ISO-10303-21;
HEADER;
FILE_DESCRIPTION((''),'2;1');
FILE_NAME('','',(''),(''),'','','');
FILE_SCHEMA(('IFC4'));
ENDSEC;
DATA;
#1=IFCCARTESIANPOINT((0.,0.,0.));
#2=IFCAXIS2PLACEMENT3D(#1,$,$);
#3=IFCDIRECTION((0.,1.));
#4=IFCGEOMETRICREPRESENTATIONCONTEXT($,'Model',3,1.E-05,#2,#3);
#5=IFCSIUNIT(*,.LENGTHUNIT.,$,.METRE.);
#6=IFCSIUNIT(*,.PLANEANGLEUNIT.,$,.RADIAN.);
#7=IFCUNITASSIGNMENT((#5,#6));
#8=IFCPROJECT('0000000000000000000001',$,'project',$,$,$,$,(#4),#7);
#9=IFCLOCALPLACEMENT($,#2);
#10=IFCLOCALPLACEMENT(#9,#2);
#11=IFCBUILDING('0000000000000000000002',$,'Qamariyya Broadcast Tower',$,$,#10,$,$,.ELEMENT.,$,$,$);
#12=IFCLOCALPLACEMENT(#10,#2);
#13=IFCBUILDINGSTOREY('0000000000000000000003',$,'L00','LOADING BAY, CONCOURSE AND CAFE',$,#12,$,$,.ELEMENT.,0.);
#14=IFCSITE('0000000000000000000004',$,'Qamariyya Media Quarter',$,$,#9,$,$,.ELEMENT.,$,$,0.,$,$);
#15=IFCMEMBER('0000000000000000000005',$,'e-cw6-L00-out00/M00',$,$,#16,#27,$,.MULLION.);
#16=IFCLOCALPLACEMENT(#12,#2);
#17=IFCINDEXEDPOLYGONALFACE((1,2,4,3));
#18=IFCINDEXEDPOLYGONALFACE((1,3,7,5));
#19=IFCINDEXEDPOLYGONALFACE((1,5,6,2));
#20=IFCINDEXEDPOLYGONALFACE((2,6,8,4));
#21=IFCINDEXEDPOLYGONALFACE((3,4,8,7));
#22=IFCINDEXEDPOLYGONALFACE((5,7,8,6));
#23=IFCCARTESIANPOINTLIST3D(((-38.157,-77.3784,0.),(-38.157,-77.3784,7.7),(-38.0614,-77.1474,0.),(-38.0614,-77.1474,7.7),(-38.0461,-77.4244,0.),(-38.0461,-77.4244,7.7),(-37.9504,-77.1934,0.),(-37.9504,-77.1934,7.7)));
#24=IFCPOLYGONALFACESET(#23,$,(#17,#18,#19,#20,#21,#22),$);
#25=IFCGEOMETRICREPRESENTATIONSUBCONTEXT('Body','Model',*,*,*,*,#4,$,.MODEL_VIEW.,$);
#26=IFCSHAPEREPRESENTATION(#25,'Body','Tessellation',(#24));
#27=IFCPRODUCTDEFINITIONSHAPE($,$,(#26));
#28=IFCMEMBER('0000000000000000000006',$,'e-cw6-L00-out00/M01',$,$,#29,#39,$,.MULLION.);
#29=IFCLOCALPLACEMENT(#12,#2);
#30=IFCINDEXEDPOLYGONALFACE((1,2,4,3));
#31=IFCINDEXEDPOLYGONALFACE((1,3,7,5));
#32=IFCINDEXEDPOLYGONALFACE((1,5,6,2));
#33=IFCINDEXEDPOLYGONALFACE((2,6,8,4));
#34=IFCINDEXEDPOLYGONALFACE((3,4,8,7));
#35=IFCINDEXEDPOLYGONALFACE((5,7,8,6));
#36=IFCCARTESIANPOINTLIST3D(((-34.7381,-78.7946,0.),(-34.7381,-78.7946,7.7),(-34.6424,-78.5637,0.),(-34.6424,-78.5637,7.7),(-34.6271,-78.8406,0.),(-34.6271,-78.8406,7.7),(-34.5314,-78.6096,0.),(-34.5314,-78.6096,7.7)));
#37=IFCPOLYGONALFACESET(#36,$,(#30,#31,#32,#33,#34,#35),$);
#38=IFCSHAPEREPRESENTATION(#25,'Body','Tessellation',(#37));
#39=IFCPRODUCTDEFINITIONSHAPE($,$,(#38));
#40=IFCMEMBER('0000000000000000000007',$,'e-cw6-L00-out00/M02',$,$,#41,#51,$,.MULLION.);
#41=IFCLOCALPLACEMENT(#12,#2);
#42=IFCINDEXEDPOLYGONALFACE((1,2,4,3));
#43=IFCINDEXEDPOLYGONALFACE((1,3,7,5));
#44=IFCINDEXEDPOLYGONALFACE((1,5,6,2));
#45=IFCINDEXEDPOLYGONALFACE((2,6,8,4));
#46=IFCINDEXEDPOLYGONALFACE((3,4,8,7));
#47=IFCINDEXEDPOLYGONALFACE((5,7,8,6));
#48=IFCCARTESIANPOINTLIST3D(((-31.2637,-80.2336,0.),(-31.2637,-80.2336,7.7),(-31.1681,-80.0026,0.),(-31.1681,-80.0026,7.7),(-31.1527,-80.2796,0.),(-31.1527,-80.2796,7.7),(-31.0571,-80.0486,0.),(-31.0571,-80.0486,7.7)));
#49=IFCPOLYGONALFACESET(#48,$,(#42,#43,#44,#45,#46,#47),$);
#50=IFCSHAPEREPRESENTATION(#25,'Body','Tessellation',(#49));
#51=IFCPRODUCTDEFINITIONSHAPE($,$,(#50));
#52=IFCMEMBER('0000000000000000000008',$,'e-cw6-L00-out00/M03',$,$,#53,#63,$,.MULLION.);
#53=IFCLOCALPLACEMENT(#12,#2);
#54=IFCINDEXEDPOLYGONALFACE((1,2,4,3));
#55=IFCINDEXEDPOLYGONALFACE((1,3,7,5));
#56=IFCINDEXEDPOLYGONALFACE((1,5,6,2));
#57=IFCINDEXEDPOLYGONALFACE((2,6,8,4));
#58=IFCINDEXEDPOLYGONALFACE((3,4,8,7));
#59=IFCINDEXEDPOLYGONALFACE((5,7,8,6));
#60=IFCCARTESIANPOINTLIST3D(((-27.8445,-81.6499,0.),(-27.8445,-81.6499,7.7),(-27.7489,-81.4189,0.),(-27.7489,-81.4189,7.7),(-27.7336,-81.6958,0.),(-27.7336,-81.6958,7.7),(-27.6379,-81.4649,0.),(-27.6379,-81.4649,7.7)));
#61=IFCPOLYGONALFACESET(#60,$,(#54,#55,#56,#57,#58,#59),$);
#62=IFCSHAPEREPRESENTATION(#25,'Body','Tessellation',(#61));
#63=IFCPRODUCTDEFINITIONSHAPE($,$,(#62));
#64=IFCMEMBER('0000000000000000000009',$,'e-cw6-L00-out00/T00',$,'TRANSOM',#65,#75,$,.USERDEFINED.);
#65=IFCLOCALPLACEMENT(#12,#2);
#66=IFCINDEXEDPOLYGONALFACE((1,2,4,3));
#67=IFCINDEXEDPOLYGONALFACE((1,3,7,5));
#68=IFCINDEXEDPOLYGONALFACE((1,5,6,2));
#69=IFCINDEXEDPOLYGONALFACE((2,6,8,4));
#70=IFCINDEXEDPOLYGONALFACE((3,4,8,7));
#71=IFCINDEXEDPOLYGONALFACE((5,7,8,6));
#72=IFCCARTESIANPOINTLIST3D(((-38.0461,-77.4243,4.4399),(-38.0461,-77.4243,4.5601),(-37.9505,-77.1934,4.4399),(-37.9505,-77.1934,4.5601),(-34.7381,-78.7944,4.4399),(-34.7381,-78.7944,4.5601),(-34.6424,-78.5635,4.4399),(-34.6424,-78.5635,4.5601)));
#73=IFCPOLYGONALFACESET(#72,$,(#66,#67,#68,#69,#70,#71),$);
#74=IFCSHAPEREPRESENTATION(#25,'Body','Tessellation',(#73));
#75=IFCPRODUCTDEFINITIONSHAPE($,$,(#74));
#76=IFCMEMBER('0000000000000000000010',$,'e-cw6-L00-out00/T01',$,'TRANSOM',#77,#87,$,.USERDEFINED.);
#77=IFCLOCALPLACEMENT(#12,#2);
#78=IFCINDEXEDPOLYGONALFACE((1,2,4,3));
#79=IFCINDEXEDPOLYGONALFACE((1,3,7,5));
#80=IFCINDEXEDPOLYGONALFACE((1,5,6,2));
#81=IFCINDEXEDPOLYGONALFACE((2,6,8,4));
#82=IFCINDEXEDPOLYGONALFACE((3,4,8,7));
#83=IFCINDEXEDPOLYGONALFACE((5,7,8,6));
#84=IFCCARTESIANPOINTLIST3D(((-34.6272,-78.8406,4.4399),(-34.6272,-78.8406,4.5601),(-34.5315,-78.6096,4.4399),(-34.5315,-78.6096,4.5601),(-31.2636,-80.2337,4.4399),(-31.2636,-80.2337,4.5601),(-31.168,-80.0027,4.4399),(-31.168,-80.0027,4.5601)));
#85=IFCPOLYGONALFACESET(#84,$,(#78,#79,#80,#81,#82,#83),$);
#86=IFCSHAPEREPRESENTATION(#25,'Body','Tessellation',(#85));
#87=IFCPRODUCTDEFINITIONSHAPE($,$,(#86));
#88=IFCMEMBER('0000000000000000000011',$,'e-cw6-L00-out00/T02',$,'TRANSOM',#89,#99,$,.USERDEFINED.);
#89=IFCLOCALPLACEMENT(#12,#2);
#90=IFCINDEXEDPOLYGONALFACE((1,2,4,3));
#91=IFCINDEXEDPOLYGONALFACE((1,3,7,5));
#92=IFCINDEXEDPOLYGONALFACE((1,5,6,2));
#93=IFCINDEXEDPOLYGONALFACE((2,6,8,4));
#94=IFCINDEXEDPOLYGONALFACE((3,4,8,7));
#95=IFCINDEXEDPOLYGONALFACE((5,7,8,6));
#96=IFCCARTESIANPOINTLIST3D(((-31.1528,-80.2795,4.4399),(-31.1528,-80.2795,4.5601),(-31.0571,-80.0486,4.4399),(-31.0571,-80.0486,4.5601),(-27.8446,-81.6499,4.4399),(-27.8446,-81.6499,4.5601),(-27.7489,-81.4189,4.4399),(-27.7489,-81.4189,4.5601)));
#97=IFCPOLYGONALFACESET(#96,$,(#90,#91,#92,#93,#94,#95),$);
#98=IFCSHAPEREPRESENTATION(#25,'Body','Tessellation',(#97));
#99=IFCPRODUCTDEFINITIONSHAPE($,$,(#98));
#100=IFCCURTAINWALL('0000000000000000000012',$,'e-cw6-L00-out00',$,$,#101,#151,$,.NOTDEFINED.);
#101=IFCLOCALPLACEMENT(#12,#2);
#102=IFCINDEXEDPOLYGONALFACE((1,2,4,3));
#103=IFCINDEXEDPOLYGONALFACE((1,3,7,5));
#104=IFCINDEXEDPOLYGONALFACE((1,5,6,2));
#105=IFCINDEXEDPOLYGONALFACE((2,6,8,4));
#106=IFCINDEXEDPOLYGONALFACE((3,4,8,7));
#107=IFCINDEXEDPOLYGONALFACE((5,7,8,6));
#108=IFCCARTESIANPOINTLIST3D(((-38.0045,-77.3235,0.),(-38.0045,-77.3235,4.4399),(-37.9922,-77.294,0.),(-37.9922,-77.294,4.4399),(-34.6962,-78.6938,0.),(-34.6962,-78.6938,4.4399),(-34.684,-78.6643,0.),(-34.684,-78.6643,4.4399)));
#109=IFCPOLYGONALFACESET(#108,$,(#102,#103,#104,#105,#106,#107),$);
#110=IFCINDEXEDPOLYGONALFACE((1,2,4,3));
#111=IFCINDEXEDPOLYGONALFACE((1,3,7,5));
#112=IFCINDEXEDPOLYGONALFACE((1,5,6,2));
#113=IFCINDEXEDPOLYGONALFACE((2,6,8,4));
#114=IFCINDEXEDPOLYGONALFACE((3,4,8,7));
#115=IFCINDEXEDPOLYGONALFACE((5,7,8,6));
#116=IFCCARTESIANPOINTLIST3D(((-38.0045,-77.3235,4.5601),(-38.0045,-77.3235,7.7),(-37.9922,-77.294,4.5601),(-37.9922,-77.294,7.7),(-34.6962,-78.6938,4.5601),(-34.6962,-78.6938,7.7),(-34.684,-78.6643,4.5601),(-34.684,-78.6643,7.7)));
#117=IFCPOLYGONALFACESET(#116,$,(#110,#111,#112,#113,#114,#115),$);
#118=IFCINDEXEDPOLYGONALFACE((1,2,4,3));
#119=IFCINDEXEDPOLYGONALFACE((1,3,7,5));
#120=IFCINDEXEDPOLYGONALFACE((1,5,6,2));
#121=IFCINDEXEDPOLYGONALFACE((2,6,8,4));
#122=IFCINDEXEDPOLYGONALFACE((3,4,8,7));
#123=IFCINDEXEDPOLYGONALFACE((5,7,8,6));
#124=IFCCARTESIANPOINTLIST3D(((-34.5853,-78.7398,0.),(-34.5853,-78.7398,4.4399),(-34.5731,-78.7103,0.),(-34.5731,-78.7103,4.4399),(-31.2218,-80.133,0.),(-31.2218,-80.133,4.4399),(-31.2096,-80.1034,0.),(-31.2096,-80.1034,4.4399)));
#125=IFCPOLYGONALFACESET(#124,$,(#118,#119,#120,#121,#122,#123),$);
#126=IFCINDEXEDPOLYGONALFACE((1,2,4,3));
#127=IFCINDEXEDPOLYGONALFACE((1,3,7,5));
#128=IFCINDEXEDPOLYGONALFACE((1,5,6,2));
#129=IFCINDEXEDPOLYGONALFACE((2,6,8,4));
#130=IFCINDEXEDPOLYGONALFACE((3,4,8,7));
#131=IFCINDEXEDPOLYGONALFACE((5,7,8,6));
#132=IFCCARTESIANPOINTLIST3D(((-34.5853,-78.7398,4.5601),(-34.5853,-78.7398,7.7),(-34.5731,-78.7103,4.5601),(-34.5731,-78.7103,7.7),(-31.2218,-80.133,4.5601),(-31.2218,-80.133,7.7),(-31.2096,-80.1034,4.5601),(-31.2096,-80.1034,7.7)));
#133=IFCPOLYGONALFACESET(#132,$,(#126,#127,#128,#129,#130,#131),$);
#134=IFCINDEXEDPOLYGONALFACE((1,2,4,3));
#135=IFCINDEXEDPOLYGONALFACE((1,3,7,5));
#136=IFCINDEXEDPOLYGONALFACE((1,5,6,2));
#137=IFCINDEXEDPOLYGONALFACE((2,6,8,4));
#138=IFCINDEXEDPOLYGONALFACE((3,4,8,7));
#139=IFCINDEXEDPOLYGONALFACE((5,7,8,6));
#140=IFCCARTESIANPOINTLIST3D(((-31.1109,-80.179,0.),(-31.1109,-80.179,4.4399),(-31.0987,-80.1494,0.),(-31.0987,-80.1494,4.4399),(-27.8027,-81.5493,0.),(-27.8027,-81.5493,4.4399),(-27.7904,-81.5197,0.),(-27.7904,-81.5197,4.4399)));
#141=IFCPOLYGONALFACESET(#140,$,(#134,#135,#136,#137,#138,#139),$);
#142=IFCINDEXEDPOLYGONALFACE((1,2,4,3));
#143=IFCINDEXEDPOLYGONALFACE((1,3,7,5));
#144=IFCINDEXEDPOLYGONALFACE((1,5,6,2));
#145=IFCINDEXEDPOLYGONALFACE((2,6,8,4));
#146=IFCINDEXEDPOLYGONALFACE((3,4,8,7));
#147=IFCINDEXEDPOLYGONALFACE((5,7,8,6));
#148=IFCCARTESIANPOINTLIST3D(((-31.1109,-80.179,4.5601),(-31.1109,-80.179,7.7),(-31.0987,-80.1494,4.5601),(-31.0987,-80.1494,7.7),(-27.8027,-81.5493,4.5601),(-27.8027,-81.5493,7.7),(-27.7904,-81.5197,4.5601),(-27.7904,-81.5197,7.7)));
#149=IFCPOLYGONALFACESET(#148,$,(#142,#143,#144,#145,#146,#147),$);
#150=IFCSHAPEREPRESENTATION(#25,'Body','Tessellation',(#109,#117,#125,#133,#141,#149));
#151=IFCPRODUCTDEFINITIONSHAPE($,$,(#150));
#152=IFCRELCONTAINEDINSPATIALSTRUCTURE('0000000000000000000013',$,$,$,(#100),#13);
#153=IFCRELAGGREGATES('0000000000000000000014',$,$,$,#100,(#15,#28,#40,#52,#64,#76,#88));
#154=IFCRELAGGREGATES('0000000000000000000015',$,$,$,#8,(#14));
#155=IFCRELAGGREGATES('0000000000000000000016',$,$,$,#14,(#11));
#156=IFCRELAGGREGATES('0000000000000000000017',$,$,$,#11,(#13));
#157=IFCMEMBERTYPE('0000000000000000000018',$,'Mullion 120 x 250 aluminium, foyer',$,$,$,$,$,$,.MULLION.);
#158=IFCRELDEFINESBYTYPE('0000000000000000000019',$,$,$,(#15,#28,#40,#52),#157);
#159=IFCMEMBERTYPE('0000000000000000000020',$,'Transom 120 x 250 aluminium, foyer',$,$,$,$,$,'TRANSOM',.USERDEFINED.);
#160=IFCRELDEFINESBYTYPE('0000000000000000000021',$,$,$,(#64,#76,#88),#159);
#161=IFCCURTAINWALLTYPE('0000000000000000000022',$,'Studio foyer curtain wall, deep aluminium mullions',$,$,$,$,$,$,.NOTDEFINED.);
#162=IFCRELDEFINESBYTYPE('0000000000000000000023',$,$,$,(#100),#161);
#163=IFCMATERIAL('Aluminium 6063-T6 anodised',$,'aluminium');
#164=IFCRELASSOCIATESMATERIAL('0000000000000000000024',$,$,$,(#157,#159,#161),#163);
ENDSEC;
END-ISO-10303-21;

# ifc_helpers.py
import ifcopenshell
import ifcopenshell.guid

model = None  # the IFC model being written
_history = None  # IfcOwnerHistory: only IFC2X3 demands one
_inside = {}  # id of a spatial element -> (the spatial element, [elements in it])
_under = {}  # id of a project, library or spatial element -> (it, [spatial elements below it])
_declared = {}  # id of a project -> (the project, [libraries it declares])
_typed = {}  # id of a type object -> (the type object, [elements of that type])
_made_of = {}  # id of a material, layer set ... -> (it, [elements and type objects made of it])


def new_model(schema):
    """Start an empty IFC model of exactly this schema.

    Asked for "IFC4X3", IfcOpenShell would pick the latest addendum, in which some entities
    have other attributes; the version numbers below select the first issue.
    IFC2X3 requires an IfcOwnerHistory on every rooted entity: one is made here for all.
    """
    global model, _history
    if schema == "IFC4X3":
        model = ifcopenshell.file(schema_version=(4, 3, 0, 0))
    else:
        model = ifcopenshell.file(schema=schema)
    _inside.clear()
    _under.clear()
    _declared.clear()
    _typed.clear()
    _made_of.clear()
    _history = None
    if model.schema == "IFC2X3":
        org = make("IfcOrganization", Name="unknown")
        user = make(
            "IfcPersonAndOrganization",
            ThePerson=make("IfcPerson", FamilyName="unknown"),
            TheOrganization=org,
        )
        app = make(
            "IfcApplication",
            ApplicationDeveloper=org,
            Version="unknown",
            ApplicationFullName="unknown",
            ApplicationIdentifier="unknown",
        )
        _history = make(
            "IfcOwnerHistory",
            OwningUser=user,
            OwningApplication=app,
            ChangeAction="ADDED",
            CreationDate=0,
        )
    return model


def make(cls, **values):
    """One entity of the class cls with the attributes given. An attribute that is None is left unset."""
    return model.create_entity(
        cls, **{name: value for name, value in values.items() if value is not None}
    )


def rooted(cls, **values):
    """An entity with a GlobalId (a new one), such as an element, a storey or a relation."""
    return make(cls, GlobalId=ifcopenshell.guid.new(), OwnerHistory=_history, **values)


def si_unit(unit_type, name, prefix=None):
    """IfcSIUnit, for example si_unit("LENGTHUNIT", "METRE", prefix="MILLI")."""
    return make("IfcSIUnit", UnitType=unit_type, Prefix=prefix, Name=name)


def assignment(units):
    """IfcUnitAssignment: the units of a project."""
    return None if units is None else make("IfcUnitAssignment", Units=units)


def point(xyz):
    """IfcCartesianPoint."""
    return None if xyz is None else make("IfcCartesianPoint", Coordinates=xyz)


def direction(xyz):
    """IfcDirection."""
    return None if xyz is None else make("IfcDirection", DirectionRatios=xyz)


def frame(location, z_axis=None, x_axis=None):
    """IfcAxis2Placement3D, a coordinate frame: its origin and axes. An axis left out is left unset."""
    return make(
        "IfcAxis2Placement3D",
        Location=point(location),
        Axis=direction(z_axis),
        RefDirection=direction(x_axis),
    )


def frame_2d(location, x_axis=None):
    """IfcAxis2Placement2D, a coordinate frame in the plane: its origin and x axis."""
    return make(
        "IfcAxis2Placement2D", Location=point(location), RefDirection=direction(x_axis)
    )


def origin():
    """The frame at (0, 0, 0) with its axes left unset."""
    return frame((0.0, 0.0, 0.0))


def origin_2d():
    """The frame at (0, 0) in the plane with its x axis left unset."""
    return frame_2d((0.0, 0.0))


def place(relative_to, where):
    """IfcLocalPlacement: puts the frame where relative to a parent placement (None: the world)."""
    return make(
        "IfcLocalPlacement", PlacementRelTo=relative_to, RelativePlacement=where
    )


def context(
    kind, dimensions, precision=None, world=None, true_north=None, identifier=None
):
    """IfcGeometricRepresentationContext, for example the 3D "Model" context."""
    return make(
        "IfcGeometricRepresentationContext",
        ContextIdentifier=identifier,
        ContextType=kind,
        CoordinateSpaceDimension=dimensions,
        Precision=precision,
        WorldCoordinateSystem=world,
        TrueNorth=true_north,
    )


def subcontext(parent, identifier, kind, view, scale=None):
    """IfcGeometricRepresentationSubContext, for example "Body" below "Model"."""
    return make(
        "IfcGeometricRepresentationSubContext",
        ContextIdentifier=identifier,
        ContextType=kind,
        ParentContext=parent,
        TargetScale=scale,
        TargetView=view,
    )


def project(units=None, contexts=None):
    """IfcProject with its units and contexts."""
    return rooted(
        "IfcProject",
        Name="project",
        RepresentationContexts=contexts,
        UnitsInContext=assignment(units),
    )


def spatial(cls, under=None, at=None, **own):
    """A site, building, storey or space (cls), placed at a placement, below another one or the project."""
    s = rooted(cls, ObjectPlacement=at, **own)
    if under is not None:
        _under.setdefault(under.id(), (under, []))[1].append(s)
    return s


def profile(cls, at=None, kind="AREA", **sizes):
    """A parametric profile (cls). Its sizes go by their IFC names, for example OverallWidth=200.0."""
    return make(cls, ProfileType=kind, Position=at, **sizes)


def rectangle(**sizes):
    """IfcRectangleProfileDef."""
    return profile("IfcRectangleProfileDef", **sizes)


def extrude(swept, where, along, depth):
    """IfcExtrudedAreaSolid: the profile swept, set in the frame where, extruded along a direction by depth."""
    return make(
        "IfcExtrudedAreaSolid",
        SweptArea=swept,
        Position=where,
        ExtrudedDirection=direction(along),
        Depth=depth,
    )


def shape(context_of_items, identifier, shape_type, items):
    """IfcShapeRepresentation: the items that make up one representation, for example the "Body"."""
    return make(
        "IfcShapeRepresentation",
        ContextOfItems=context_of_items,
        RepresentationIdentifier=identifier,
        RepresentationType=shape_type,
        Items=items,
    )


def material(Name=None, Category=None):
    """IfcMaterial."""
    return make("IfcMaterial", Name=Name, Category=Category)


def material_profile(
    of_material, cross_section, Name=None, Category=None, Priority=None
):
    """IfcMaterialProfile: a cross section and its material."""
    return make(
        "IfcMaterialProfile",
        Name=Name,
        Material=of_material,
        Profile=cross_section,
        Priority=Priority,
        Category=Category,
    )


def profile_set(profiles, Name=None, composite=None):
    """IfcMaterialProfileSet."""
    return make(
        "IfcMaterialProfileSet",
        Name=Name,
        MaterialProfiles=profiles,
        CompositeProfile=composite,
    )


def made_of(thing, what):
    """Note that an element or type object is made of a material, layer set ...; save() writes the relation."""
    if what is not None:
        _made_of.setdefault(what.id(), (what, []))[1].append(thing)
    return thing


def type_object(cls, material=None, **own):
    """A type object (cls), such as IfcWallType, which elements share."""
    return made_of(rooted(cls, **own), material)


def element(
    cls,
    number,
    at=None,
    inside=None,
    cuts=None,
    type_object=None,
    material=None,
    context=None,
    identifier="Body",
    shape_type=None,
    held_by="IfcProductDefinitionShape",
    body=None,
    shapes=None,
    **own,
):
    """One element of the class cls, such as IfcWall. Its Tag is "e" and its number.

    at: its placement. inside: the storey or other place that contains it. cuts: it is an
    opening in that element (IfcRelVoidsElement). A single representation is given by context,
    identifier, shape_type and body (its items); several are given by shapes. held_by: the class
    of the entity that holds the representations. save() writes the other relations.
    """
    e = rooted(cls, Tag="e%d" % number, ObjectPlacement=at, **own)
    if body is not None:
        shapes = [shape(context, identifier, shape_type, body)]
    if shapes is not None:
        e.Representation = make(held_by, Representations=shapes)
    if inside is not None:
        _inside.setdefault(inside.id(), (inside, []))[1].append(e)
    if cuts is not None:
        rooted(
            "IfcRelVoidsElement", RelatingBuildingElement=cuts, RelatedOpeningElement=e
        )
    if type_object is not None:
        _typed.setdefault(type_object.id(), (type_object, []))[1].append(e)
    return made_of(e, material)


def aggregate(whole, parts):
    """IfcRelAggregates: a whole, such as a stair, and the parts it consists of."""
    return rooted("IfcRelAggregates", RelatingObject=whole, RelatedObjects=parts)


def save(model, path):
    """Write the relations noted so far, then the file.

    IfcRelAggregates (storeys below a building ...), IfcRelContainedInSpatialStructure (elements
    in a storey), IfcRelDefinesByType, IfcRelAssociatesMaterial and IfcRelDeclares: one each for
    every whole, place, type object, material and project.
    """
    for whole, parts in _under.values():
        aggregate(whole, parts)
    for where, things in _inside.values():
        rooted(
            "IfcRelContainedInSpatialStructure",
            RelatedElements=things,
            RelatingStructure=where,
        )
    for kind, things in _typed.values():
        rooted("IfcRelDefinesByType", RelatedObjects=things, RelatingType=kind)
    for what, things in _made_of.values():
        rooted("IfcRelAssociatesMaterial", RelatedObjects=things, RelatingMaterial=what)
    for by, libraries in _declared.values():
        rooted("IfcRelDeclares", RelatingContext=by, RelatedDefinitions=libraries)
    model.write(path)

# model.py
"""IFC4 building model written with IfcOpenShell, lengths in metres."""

from ifc_helpers import new_model, si_unit, direction, frame, origin, origin_2d, place, context, subcontext, project, spatial, rectangle, extrude, material, material_profile, profile_set, type_object, element, aggregate, save


model = new_model("IFC4")

# Units and contexts
model_context = context("Model", 3, precision=1e-05, world=origin(), true_north=direction((0.0, 1.0)))
body_context = subcontext(model_context, "Body", "Model", "MODEL_VIEW")
ifc_project = project(units=[si_unit("LENGTHUNIT", "METRE"), si_unit("PLANEANGLEUNIT", "RADIAN")], contexts=[model_context])

# Members
ifc_material = material(Name="Aluminium 6063-T6 anodised", Category="aluminium")
ifc_material_profile_1 = material_profile(ifc_material, rectangle(XDim=0.25, YDim=0.1201, at=origin_2d()))
ifc_profile_set_1 = profile_set([ifc_material_profile_1], Name="Aluminium 6063-T6 anodised")
member_type_1 = type_object("IfcMemberType", Name="Mullion 120 x 250 aluminium, foyer", PredefinedType="MULLION", material=ifc_profile_set_1)
site_placement = place(None, origin())
building_placement = place(site_placement, origin())
storey_placement = place(building_placement, origin())
member_1_placement = place(storey_placement, frame((-38.0537, -77.2859, 0.0), z_axis=(0.0, 0.0, 1.0), x_axis=(0.382683, 0.92388, 0.0)))
member_1 = element("IfcMember", 1, at=member_1_placement, type_object=member_type_1, Name="e-cw6-L00-out00/M00", PredefinedType="MULLION", context=body_context, shape_type="SweptSolid", body=[
    extrude(rectangle(XDim=0.25, YDim=0.1201, at=origin_2d()), origin(), (0.0, 0.0, 1.0), 7.7),
])
member_2_placement = place(storey_placement, frame((-34.6348, -78.7021, 0.0), z_axis=(0.0, 0.0, 1.0), x_axis=(0.382683, 0.92388, 0.0)))
member_2 = element("IfcMember", 2, at=member_2_placement, type_object=member_type_1, Name="e-cw6-L00-out00/M01", PredefinedType="MULLION", context=body_context, shape_type="SweptSolid", body=[
    extrude(rectangle(XDim=0.25, YDim=0.1201, at=origin_2d()), origin(), (0.0, 0.0, 1.0), 7.7),
])
member_3_placement = place(storey_placement, frame((-31.1604, -80.1411, 0.0), z_axis=(0.0, 0.0, 1.0), x_axis=(0.382683, 0.92388, 0.0)))
member_3 = element("IfcMember", 3, at=member_3_placement, type_object=member_type_1, Name="e-cw6-L00-out00/M02", PredefinedType="MULLION", context=body_context, shape_type="SweptSolid", body=[
    extrude(rectangle(XDim=0.25, YDim=0.1201, at=origin_2d()), origin(), (0.0, 0.0, 1.0), 7.7),
])
member_4_placement = place(storey_placement, frame((-27.7412, -81.5574, 0.0), z_axis=(0.0, 0.0, 1.0), x_axis=(0.382683, 0.92388, 0.0)))
member_4 = element("IfcMember", 4, at=member_4_placement, type_object=member_type_1, Name="e-cw6-L00-out00/M03", PredefinedType="MULLION", context=body_context, shape_type="SweptSolid", body=[
    extrude(rectangle(XDim=0.25, YDim=0.1201, at=origin_2d()), origin(), (0.0, 0.0, 1.0), 7.7),
])
ifc_material_profile_2 = material_profile(ifc_material, rectangle(XDim=0.25, YDim=0.1201, at=origin_2d()))
ifc_profile_set_2 = profile_set([ifc_material_profile_2], Name="Aluminium 6063-T6 anodised")
member_type_2 = type_object("IfcMemberType", Name="Transom 120 x 250 aluminium, foyer", ElementType="TRANSOM", PredefinedType="USERDEFINED", material=ifc_profile_set_2)
member_5_placement = place(storey_placement, frame((-37.9983, -77.3088, 4.5), z_axis=(0.923894, -0.382649, 0.0), x_axis=(0.382649, 0.923894, 0.0)))
member_5 = element("IfcMember", 5, at=member_5_placement, type_object=member_type_2, Name="e-cw6-L00-out00/T00", ObjectType="TRANSOM", PredefinedType="USERDEFINED", context=body_context, shape_type="SweptSolid", body=[
    extrude(rectangle(XDim=0.25, YDim=0.1201, at=origin_2d()), origin(), (0.0, 0.0, 1.0), 3.5806),
])
member_6_placement = place(storey_placement, frame((-34.5793, -78.7251, 4.5), z_axis=(0.923894, -0.382648, 0.0), x_axis=(0.382648, 0.923894, 0.0)))
member_6 = element("IfcMember", 6, at=member_6_placement, type_object=member_type_2, Name="e-cw6-L00-out00/T01", ObjectType="TRANSOM", PredefinedType="USERDEFINED", context=body_context, shape_type="SweptSolid", body=[
    extrude(rectangle(XDim=0.25, YDim=0.1201, at=origin_2d()), origin(), (0.0, 0.0, 1.0), 3.6406),
])
member_7_placement = place(storey_placement, frame((-31.105, -80.1641, 4.5), z_axis=(0.92388, -0.382683, 0.0), x_axis=(0.382683, 0.92388, 0.0)))
member_7 = element("IfcMember", 7, at=member_7_placement, type_object=member_type_2, Name="e-cw6-L00-out00/T02", ObjectType="TRANSOM", PredefinedType="USERDEFINED", context=body_context, shape_type="SweptSolid", body=[
    extrude(rectangle(XDim=0.25, YDim=0.1201, at=origin_2d()), origin(), (0.0, 0.0, 1.0), 3.5808),
])

# Site, building, storey
site = spatial("IfcSite", under=ifc_project, at=site_placement, Name="Qamariyya Media Quarter", CompositionType="ELEMENT", RefElevation=0.0)
building = spatial("IfcBuilding", under=site, at=building_placement, Name="Qamariyya Broadcast Tower", CompositionType="ELEMENT")
storey = spatial("IfcBuildingStorey", under=building, at=storey_placement, Name="L00", Description="LOADING BAY, CONCOURSE AND CAFE", CompositionType="ELEMENT", Elevation=0.0)

# Curtain wall
curtain_wall_type_1 = type_object("IfcCurtainWallType", Name="Studio foyer curtain wall, deep aluminium mullions", PredefinedType="NOTDEFINED", material=ifc_material)
curtain_wall_1_placement = place(storey_placement, origin())
curtain_wall_1 = element("IfcCurtainWall", 8, at=curtain_wall_1_placement, inside=storey, type_object=curtain_wall_type_1, Name="e-cw6-L00-out00", PredefinedType="NOTDEFINED", context=body_context, shape_type="SweptSolid", body=[
    extrude(rectangle(XDim=3.5808, YDim=0.032, at=origin_2d()), frame((-36.3442, -77.9939, 0.0), x_axis=(0.923883, -0.382675, 0.0)), (0.0, 0.0, 1.0), 4.4399),
    extrude(rectangle(XDim=3.5808, YDim=0.032, at=origin_2d()), frame((-36.3442, -77.9939, 4.5601), x_axis=(0.923883, -0.382675, 0.0)), (0.0, 0.0, 1.0), 3.1399),
    extrude(rectangle(XDim=3.6406, YDim=0.032, at=origin_2d()), frame((-32.8975, -79.4216, 0.0), x_axis=(0.923883, -0.382675, 0.0)), (0.0, 0.0, 1.0), 4.4399),
    extrude(rectangle(XDim=3.6406, YDim=0.032, at=origin_2d()), frame((-32.8975, -79.4216, 4.5601), x_axis=(0.923883, -0.382675, 0.0)), (0.0, 0.0, 1.0), 3.1399),
    extrude(rectangle(XDim=3.5808, YDim=0.032, at=origin_2d()), frame((-29.4507, -80.8494, 0.0), x_axis=(0.923883, -0.382675, 0.0)), (0.0, 0.0, 1.0), 4.4399),
    extrude(rectangle(XDim=3.5808, YDim=0.032, at=origin_2d()), frame((-29.4507, -80.8494, 4.5601), x_axis=(0.923883, -0.382675, 0.0)), (0.0, 0.0, 1.0), 3.1399),
])
aggregate(curtain_wall_1, [member_1, member_2, member_3, member_4, member_5, member_6, member_7])

save(model, "model.ifc")
